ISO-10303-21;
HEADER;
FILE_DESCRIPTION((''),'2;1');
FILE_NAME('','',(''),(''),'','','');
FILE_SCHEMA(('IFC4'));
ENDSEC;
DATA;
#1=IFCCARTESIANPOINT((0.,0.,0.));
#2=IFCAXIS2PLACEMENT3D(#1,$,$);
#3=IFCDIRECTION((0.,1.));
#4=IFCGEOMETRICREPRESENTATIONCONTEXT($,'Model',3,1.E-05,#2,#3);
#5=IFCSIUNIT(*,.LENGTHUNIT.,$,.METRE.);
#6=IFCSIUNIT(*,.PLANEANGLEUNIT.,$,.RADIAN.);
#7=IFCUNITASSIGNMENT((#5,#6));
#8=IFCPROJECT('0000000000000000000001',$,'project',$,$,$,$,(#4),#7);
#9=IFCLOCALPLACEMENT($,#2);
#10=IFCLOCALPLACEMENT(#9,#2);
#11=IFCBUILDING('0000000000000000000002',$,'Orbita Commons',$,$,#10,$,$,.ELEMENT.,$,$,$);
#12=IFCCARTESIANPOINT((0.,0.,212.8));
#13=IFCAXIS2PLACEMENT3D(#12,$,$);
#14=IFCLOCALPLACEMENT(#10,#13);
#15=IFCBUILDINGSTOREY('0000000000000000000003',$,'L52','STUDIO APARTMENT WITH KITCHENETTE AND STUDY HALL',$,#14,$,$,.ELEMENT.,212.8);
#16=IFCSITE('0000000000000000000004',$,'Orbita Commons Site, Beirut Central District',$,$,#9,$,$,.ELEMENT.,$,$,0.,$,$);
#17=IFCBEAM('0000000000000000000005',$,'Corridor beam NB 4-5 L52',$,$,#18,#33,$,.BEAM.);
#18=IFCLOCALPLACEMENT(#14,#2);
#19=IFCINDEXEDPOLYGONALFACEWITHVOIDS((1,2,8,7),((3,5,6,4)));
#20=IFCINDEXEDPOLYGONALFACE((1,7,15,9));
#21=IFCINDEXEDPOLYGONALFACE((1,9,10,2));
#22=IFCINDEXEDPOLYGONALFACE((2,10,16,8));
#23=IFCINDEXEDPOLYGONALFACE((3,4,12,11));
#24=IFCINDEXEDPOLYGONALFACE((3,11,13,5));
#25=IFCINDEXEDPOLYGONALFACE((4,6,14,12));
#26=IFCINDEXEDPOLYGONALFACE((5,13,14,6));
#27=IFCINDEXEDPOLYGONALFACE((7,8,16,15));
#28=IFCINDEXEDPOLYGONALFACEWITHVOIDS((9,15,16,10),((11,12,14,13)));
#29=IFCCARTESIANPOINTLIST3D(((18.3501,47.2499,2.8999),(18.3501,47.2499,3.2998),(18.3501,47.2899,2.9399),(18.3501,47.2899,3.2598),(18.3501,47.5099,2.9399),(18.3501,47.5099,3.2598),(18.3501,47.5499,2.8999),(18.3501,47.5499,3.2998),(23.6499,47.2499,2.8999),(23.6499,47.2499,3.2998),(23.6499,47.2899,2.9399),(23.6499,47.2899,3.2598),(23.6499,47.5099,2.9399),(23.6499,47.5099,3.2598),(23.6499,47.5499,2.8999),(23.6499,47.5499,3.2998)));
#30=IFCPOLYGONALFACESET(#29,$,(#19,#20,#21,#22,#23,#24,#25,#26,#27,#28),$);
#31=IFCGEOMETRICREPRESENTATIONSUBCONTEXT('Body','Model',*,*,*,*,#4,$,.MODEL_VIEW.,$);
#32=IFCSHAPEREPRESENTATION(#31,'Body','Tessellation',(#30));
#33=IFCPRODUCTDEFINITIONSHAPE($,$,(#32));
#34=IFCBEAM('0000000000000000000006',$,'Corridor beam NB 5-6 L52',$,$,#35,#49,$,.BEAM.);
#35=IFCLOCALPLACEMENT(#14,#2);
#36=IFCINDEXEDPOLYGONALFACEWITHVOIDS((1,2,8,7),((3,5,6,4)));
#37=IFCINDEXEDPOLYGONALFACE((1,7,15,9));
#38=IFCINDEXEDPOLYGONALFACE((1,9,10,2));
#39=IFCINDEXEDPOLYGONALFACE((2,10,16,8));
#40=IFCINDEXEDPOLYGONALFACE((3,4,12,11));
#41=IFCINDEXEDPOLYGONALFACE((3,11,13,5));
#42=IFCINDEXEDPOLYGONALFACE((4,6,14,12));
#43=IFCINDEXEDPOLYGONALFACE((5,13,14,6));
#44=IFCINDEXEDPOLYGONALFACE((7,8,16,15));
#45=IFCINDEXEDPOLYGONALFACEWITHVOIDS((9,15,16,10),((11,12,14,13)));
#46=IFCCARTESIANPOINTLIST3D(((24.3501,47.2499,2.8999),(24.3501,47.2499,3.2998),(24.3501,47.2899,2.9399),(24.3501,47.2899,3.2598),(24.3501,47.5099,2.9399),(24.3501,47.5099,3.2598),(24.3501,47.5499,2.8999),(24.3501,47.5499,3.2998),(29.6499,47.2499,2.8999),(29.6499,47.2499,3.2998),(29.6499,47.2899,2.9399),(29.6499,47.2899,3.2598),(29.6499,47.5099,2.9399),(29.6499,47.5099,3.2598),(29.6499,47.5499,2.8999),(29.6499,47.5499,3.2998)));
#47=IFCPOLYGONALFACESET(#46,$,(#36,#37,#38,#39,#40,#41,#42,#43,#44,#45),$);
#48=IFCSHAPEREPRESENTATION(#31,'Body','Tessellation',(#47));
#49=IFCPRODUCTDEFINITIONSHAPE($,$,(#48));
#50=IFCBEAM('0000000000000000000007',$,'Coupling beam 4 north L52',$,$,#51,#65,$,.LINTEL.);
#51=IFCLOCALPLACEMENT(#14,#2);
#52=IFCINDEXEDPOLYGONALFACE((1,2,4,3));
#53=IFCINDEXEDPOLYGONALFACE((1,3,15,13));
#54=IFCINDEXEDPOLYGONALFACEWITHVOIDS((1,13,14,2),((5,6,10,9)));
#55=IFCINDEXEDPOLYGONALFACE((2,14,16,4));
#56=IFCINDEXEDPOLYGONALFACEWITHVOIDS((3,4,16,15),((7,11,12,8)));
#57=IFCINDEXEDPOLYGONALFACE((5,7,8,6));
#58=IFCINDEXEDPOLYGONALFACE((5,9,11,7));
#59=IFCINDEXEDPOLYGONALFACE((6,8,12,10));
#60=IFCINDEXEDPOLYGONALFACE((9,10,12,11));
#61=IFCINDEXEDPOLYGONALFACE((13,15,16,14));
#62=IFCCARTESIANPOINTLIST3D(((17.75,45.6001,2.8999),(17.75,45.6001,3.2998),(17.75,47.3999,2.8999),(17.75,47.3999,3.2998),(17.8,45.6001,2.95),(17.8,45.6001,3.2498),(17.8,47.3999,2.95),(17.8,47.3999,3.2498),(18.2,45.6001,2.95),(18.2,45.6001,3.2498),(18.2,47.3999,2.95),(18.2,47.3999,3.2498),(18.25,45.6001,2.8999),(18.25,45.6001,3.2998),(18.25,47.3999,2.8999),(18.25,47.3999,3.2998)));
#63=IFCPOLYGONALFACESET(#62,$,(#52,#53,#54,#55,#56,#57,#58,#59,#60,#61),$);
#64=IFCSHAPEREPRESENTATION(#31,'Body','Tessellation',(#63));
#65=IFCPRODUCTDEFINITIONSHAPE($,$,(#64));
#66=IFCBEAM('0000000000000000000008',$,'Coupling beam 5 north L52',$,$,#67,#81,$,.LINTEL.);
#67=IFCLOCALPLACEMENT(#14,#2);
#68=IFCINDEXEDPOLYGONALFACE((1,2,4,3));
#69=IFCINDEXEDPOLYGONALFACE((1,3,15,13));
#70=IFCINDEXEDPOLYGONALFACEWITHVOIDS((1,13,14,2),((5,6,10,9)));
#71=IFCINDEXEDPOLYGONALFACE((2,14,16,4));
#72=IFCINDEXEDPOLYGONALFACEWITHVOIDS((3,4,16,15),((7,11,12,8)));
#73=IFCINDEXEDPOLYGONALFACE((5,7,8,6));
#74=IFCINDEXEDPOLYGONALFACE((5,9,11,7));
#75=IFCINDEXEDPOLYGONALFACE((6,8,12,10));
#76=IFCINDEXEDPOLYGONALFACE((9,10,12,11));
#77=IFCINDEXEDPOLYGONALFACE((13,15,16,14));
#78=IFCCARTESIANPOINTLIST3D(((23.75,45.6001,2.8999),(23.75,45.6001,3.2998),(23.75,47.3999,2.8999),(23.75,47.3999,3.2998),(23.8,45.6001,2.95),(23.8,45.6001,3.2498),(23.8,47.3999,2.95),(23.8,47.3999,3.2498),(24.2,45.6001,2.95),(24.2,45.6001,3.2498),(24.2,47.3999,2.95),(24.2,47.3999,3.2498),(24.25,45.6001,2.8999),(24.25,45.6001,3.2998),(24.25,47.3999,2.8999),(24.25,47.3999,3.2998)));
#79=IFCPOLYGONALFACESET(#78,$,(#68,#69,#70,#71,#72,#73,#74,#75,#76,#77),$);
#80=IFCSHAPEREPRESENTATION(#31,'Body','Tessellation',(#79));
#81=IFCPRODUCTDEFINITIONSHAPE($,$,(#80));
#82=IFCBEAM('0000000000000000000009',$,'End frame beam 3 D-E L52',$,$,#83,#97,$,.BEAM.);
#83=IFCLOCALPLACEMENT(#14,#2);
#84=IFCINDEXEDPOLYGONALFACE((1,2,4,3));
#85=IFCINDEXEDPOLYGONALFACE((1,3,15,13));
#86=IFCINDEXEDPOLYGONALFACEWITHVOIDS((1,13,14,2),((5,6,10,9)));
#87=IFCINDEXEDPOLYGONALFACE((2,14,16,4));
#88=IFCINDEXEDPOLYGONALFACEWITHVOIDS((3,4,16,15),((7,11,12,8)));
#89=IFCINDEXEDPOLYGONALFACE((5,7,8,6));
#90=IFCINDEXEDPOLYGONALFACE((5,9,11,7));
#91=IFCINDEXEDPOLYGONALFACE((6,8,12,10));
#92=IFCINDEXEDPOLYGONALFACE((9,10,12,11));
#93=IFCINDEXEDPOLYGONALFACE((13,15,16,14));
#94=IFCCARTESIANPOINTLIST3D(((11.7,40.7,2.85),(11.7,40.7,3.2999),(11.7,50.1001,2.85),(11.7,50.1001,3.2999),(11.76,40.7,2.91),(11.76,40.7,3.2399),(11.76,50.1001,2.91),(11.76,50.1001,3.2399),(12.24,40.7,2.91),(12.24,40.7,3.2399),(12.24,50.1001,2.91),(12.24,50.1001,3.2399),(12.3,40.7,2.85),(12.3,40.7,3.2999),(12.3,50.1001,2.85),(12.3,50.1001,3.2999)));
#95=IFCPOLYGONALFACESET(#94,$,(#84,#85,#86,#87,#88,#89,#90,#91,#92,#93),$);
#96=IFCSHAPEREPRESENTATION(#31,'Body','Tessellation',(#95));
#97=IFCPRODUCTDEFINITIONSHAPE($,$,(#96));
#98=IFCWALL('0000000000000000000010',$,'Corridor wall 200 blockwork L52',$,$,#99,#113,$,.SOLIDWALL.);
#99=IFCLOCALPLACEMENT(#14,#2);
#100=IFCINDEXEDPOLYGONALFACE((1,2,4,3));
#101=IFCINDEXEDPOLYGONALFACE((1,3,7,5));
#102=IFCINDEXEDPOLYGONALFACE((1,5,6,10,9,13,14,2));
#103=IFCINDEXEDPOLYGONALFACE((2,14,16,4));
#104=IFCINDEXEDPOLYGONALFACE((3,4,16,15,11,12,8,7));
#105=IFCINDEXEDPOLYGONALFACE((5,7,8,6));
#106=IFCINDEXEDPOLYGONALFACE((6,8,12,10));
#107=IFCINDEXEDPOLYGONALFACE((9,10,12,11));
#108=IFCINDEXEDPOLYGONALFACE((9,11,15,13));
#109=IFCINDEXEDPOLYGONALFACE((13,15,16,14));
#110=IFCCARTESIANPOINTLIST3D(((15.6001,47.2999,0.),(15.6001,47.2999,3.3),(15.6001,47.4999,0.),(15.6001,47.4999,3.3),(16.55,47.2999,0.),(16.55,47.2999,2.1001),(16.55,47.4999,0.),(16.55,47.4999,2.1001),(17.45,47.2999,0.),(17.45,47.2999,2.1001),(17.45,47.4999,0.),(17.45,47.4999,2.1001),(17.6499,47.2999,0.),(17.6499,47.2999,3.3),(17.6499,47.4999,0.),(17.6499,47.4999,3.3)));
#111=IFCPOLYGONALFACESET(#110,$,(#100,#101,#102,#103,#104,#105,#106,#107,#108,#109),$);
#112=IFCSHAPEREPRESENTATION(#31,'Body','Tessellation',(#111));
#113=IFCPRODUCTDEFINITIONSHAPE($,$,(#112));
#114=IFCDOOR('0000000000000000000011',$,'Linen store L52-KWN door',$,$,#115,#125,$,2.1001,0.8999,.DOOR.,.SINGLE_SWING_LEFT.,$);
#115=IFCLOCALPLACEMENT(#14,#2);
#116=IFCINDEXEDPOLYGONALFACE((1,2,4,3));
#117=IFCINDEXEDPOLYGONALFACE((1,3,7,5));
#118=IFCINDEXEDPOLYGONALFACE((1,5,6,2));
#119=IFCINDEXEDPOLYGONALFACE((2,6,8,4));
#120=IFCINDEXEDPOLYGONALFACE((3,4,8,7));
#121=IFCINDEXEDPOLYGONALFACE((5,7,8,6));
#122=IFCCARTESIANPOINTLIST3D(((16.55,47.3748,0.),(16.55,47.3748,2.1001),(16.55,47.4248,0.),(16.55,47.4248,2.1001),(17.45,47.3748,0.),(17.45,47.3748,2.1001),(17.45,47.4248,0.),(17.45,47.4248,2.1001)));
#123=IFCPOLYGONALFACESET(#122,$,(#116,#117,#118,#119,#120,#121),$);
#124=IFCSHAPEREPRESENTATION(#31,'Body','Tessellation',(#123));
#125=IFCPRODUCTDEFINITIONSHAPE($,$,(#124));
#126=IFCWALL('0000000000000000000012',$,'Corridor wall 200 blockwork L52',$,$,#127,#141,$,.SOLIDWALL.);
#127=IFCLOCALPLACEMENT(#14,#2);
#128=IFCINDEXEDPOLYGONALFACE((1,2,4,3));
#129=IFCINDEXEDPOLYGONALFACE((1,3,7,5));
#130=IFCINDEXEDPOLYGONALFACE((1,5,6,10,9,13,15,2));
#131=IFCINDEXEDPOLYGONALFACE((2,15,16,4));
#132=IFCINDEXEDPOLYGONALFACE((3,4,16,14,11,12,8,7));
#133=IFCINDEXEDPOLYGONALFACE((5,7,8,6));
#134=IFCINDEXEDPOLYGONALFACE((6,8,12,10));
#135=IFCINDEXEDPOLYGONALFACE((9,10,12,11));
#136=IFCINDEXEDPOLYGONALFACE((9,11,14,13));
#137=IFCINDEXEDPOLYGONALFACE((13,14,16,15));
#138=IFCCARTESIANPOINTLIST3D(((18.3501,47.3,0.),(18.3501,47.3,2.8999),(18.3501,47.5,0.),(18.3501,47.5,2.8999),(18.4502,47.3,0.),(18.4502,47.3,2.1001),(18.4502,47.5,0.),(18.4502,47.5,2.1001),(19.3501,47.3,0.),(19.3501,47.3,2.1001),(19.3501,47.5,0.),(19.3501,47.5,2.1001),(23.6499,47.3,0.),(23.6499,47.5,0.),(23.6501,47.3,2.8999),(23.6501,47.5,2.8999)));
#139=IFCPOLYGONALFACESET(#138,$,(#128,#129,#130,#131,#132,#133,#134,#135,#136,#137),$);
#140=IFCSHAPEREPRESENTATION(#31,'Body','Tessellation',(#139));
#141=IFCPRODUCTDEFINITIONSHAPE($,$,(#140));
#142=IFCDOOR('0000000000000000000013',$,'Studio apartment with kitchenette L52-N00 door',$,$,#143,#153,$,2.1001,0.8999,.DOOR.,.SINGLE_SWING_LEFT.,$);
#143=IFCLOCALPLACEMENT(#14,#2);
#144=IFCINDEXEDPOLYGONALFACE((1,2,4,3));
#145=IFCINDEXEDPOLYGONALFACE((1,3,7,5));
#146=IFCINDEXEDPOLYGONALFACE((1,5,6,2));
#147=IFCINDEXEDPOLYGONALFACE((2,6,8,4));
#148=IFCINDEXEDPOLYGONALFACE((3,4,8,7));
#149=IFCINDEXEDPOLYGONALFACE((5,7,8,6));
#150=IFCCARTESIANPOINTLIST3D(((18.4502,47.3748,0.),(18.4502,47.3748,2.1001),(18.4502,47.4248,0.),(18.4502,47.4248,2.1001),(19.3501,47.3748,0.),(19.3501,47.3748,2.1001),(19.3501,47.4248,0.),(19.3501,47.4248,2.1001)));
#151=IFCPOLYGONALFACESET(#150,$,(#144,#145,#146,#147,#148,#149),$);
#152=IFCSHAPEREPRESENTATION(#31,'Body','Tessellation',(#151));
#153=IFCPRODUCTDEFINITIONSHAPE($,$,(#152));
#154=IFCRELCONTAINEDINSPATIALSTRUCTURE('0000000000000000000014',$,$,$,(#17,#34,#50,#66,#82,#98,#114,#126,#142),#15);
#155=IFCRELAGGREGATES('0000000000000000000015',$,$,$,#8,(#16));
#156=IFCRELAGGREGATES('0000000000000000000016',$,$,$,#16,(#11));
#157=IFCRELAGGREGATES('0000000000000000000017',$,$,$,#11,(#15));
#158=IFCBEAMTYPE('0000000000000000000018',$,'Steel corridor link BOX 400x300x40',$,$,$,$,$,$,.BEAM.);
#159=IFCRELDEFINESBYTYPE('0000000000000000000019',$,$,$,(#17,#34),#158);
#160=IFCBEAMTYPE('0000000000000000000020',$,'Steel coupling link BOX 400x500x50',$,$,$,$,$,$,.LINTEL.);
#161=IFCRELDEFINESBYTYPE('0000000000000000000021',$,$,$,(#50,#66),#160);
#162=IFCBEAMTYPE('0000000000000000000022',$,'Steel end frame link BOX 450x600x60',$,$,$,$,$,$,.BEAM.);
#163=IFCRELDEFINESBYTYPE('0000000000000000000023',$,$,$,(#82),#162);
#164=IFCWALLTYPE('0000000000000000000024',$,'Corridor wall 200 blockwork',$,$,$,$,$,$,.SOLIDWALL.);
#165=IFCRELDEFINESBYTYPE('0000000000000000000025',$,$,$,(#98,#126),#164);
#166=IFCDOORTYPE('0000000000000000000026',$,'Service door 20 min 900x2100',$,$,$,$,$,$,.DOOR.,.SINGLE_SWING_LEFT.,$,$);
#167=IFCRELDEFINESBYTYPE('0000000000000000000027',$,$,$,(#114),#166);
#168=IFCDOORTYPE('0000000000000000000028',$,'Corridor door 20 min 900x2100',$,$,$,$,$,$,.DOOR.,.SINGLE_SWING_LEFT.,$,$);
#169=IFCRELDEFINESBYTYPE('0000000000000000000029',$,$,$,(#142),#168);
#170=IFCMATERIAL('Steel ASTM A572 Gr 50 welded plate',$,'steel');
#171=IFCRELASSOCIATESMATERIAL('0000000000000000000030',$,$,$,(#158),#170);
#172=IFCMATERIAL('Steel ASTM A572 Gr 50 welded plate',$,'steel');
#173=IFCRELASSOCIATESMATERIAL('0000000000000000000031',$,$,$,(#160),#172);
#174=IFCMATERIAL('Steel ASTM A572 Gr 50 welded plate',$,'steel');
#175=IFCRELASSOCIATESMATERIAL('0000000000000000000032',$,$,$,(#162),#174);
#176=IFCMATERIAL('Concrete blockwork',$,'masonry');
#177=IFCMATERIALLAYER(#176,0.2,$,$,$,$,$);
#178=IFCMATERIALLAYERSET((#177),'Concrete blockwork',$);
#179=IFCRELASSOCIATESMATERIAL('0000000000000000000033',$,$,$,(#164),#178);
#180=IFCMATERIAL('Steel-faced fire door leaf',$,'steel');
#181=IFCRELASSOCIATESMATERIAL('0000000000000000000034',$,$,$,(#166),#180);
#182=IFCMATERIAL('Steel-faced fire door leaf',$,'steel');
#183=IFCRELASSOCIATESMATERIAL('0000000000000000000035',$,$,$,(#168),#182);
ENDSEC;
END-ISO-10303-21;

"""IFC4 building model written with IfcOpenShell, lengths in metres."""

from ifc_helpers import new_model, si_unit, direction, frame, frame_2d, origin, origin_2d, place, context, subcontext, project, spatial, polyline, rectangle, hollow_rectangle, outline, extrude, material, layer, layer_set, material_profile, profile_set, type_object, element, fill, save


model = new_model("IFC4")

# Units and contexts
model_context = context("Model", 3, precision=1e-05, world=origin(), true_north=direction((0.0, 1.0)))
body_context = subcontext(model_context, "Body", "Model", "MODEL_VIEW")
ifc_project = project(units=[si_unit("LENGTHUNIT", "METRE"), si_unit("PLANEANGLEUNIT", "RADIAN")], contexts=[model_context])

# Site, building, storey
site_placement = place(None, origin())
site = spatial("IfcSite", under=ifc_project, at=site_placement, Name="Orbita Commons Site, Beirut Central District", CompositionType="ELEMENT", RefElevation=0.0)
building_placement = place(site_placement, origin())
building = spatial("IfcBuilding", under=site, at=building_placement, Name="Orbita Commons", CompositionType="ELEMENT")
storey_placement = place(building_placement, frame((0.0, 0.0, 212.8)))
storey = spatial("IfcBuildingStorey", under=building, at=storey_placement, Name="L52", Description="STUDIO APARTMENT WITH KITCHENETTE AND STUDY HALL", CompositionType="ELEMENT", Elevation=212.8)

# Beams
ifc_material_1 = material(Name="Steel ASTM A572 Gr 50 welded plate", Category="steel")
ifc_material_profile_1 = material_profile(ifc_material_1, hollow_rectangle(XDim=0.3, YDim=0.3999, WallThickness=0.04, at=origin_2d()), Name="BOX 400x300x40")
ifc_profile_set_1 = profile_set([ifc_material_profile_1], Name="Steel ASTM A572 Gr 50 welded plate")
beam_type_1 = type_object("IfcBeamType", Name="Steel corridor link BOX 400x300x40", PredefinedType="BEAM", material=ifc_profile_set_1)
for number, where, z_axis, x_axis, name in (
    (1, (18.3501, 47.3999, 3.0999), (1.0, 0.0, 0.0), (0.0, 1.0, 0.0), "Corridor beam NB 4-5 L52"),
    (2, (24.3501, 47.3999, 3.0999), (1.0, 0.0, 0.0), (0.0, 1.0, 0.0), "Corridor beam NB 5-6 L52"),
):
    element("IfcBeam", number, at=place(storey_placement, frame(where, z_axis=z_axis, x_axis=x_axis)), inside=storey, type_object=beam_type_1, Name=name, PredefinedType="BEAM", context=body_context, shape_type="SweptSolid", body=[
        extrude(hollow_rectangle(XDim=0.3, YDim=0.3999, WallThickness=0.04, at=origin_2d()), origin(), (0.0, 0.0, 1.0), 5.2998),
    ])
ifc_material_2 = material(Name="Steel ASTM A572 Gr 50 welded plate", Category="steel")
ifc_material_profile_2 = material_profile(ifc_material_2, hollow_rectangle(XDim=0.5, YDim=0.3999, WallThickness=0.05, at=origin_2d()), Name="BOX 400x500x50")
ifc_profile_set_2 = profile_set([ifc_material_profile_2], Name="Steel ASTM A572 Gr 50 welded plate")
beam_type_2 = type_object("IfcBeamType", Name="Steel coupling link BOX 400x500x50", PredefinedType="LINTEL", material=ifc_profile_set_2)
for number, where, z_axis, x_axis, name in (
    (3, (18.0, 45.6001, 3.0999), (0.0, 1.0, 0.0), (-1.0, 0.0, 0.0), "Coupling beam 4 north L52"),
    (4, (24.0, 45.6001, 3.0999), (0.0, 1.0, 0.0), (-1.0, 0.0, 0.0), "Coupling beam 5 north L52"),
):
    element("IfcBeam", number, at=place(storey_placement, frame(where, z_axis=z_axis, x_axis=x_axis)), inside=storey, type_object=beam_type_2, Name=name, PredefinedType="LINTEL", context=body_context, shape_type="SweptSolid", body=[
        extrude(hollow_rectangle(XDim=0.5, YDim=0.3999, WallThickness=0.05, at=origin_2d()), origin(), (0.0, 0.0, 1.0), 1.7998),
    ])
ifc_material_3 = material(Name="Steel ASTM A572 Gr 50 welded plate", Category="steel")
ifc_material_profile_3 = material_profile(ifc_material_3, hollow_rectangle(XDim=0.6001, YDim=0.45, WallThickness=0.0601, at=origin_2d()), Name="BOX 450x600x60")
ifc_profile_set_3 = profile_set([ifc_material_profile_3], Name="Steel ASTM A572 Gr 50 welded plate")
beam_type_3 = type_object("IfcBeamType", Name="Steel end frame link BOX 450x600x60", PredefinedType="BEAM", material=ifc_profile_set_3)
beam_placement = place(storey_placement, frame((12.0, 40.7, 3.075), z_axis=(0.0, 1.0, 0.0), x_axis=(-1.0, 0.0, 0.0)))
element("IfcBeam", 5, at=beam_placement, inside=storey, type_object=beam_type_3, Name="End frame beam 3 D-E L52", PredefinedType="BEAM", context=body_context, shape_type="SweptSolid", body=[
    extrude(hollow_rectangle(XDim=0.6001, YDim=0.45, WallThickness=0.0601, at=origin_2d()), origin(), (0.0, 0.0, 1.0), 9.4001),
])

# Walls, openings, doors
ifc_material_4 = material(Name="Concrete blockwork", Category="masonry")
ifc_layer_1 = layer(ifc_material_4, 0.2)
ifc_layer_set_1 = layer_set([ifc_layer_1], Name="Concrete blockwork")
wall_type_1 = type_object("IfcWallType", Name="Corridor wall 200 blockwork", PredefinedType="SOLIDWALL", material=ifc_layer_set_1)
wall_1_placement = place(storey_placement, frame((15.6001, 47.3999, 0.0), z_axis=(0.0, 0.0, 1.0), x_axis=(1.0, 0.0, 0.0)))
wall_1 = element("IfcWall", 6, at=wall_1_placement, inside=storey, type_object=wall_type_1, Name="Corridor wall 200 blockwork L52", PredefinedType="SOLIDWALL", context=body_context, shape_type="SweptSolid", body=[
    extrude(rectangle(XDim=2.0498, YDim=0.2, at=frame_2d((1.0249, 0.0))), origin(), (0.0, 0.0, 1.0), 3.3),
])
opening_1_placement = place(wall_1_placement, frame((0.95, 0.0, 0.0)))
opening_1 = element("IfcOpeningElement", 7, at=opening_1_placement, cuts=wall_1, PredefinedType="OPENING", context=body_context, shape_type="SweptSolid", body=[
    extrude(rectangle(XDim=0.8999, YDim=2.1001, at=frame_2d((0.45, 1.05))), frame((0.0, 0.1099, 0.0), z_axis=(0.0, -1.0, 0.0), x_axis=(1.0, 0.0, 0.0)), (0.0, 0.0, 1.0), 0.22),
])
ifc_material_5 = material(Name="Steel-faced fire door leaf", Category="steel")
door_type_1 = type_object("IfcDoorType", Name="Service door 20 min 900x2100", OperationType="SINGLE_SWING_LEFT", PredefinedType="DOOR", material=ifc_material_5)
door_1_placement = place(opening_1_placement, origin())
door_1 = element("IfcDoor", 8, at=door_1_placement, inside=storey, type_object=door_type_1, Name="Linen store L52-KWN door", OperationType="SINGLE_SWING_LEFT", OverallHeight=2.1001, OverallWidth=0.8999, PredefinedType="DOOR", context=body_context, shape_type="SweptSolid", body=[
    extrude(rectangle(XDim=0.8999, YDim=2.1001, at=frame_2d((0.45, 1.05))), frame((0.0, 0.0249, 0.0), z_axis=(0.0, -1.0, 0.0), x_axis=(1.0, 0.0, 0.0)), (0.0, 0.0, 1.0), 0.05),
])
fill(opening_1, door_1)
wall_2_placement = place(storey_placement, frame((18.3501, 47.3999, 0.0), z_axis=(0.0, 0.0, 1.0), x_axis=(1.0, 0.0, 0.0)))
wall_2 = element("IfcWall", 9, at=wall_2_placement, inside=storey, type_object=wall_type_1, Name="Corridor wall 200 blockwork L52", PredefinedType="SOLIDWALL", context=body_context, shape_type="SweptSolid", body=[
    extrude(outline(polyline([(0.0, 0.0), (5.2998, 0.0), (5.3, 2.8999), (0.0, 2.8999), (0.0, 0.0)])), frame((0.0, 0.1001, 0.0), z_axis=(0.0, -1.0, 0.0), x_axis=(1.0, 0.0, 0.0)), (0.0, 0.0, 1.0), 0.2),
])
opening_2_placement = place(wall_2_placement, frame((0.1001, 0.0, 0.0)))
opening_2 = element("IfcOpeningElement", 10, at=opening_2_placement, cuts=wall_2, PredefinedType="OPENING", context=body_context, shape_type="SweptSolid", body=[
    extrude(rectangle(XDim=0.8999, YDim=2.1001, at=frame_2d((0.45, 1.05))), frame((0.0, 0.1099, 0.0), z_axis=(0.0, -1.0, 0.0), x_axis=(1.0, 0.0, 0.0)), (0.0, 0.0, 1.0), 0.22),
])
ifc_material_6 = material(Name="Steel-faced fire door leaf", Category="steel")
door_type_2 = type_object("IfcDoorType", Name="Corridor door 20 min 900x2100", OperationType="SINGLE_SWING_LEFT", PredefinedType="DOOR", material=ifc_material_6)
door_2_placement = place(opening_2_placement, origin())
door_2 = element("IfcDoor", 11, at=door_2_placement, inside=storey, type_object=door_type_2, Name="Studio apartment with kitchenette L52-N00 door", OperationType="SINGLE_SWING_LEFT", OverallHeight=2.1001, OverallWidth=0.8999, PredefinedType="DOOR", context=body_context, shape_type="SweptSolid", body=[
    extrude(rectangle(XDim=0.8999, YDim=2.1001, at=frame_2d((0.45, 1.05))), frame((0.0, 0.0249, 0.0), z_axis=(0.0, -1.0, 0.0), x_axis=(1.0, 0.0, 0.0)), (0.0, 0.0, 1.0), 0.05),
])
fill(opening_2, door_2)

save(model, "model.ifc")
